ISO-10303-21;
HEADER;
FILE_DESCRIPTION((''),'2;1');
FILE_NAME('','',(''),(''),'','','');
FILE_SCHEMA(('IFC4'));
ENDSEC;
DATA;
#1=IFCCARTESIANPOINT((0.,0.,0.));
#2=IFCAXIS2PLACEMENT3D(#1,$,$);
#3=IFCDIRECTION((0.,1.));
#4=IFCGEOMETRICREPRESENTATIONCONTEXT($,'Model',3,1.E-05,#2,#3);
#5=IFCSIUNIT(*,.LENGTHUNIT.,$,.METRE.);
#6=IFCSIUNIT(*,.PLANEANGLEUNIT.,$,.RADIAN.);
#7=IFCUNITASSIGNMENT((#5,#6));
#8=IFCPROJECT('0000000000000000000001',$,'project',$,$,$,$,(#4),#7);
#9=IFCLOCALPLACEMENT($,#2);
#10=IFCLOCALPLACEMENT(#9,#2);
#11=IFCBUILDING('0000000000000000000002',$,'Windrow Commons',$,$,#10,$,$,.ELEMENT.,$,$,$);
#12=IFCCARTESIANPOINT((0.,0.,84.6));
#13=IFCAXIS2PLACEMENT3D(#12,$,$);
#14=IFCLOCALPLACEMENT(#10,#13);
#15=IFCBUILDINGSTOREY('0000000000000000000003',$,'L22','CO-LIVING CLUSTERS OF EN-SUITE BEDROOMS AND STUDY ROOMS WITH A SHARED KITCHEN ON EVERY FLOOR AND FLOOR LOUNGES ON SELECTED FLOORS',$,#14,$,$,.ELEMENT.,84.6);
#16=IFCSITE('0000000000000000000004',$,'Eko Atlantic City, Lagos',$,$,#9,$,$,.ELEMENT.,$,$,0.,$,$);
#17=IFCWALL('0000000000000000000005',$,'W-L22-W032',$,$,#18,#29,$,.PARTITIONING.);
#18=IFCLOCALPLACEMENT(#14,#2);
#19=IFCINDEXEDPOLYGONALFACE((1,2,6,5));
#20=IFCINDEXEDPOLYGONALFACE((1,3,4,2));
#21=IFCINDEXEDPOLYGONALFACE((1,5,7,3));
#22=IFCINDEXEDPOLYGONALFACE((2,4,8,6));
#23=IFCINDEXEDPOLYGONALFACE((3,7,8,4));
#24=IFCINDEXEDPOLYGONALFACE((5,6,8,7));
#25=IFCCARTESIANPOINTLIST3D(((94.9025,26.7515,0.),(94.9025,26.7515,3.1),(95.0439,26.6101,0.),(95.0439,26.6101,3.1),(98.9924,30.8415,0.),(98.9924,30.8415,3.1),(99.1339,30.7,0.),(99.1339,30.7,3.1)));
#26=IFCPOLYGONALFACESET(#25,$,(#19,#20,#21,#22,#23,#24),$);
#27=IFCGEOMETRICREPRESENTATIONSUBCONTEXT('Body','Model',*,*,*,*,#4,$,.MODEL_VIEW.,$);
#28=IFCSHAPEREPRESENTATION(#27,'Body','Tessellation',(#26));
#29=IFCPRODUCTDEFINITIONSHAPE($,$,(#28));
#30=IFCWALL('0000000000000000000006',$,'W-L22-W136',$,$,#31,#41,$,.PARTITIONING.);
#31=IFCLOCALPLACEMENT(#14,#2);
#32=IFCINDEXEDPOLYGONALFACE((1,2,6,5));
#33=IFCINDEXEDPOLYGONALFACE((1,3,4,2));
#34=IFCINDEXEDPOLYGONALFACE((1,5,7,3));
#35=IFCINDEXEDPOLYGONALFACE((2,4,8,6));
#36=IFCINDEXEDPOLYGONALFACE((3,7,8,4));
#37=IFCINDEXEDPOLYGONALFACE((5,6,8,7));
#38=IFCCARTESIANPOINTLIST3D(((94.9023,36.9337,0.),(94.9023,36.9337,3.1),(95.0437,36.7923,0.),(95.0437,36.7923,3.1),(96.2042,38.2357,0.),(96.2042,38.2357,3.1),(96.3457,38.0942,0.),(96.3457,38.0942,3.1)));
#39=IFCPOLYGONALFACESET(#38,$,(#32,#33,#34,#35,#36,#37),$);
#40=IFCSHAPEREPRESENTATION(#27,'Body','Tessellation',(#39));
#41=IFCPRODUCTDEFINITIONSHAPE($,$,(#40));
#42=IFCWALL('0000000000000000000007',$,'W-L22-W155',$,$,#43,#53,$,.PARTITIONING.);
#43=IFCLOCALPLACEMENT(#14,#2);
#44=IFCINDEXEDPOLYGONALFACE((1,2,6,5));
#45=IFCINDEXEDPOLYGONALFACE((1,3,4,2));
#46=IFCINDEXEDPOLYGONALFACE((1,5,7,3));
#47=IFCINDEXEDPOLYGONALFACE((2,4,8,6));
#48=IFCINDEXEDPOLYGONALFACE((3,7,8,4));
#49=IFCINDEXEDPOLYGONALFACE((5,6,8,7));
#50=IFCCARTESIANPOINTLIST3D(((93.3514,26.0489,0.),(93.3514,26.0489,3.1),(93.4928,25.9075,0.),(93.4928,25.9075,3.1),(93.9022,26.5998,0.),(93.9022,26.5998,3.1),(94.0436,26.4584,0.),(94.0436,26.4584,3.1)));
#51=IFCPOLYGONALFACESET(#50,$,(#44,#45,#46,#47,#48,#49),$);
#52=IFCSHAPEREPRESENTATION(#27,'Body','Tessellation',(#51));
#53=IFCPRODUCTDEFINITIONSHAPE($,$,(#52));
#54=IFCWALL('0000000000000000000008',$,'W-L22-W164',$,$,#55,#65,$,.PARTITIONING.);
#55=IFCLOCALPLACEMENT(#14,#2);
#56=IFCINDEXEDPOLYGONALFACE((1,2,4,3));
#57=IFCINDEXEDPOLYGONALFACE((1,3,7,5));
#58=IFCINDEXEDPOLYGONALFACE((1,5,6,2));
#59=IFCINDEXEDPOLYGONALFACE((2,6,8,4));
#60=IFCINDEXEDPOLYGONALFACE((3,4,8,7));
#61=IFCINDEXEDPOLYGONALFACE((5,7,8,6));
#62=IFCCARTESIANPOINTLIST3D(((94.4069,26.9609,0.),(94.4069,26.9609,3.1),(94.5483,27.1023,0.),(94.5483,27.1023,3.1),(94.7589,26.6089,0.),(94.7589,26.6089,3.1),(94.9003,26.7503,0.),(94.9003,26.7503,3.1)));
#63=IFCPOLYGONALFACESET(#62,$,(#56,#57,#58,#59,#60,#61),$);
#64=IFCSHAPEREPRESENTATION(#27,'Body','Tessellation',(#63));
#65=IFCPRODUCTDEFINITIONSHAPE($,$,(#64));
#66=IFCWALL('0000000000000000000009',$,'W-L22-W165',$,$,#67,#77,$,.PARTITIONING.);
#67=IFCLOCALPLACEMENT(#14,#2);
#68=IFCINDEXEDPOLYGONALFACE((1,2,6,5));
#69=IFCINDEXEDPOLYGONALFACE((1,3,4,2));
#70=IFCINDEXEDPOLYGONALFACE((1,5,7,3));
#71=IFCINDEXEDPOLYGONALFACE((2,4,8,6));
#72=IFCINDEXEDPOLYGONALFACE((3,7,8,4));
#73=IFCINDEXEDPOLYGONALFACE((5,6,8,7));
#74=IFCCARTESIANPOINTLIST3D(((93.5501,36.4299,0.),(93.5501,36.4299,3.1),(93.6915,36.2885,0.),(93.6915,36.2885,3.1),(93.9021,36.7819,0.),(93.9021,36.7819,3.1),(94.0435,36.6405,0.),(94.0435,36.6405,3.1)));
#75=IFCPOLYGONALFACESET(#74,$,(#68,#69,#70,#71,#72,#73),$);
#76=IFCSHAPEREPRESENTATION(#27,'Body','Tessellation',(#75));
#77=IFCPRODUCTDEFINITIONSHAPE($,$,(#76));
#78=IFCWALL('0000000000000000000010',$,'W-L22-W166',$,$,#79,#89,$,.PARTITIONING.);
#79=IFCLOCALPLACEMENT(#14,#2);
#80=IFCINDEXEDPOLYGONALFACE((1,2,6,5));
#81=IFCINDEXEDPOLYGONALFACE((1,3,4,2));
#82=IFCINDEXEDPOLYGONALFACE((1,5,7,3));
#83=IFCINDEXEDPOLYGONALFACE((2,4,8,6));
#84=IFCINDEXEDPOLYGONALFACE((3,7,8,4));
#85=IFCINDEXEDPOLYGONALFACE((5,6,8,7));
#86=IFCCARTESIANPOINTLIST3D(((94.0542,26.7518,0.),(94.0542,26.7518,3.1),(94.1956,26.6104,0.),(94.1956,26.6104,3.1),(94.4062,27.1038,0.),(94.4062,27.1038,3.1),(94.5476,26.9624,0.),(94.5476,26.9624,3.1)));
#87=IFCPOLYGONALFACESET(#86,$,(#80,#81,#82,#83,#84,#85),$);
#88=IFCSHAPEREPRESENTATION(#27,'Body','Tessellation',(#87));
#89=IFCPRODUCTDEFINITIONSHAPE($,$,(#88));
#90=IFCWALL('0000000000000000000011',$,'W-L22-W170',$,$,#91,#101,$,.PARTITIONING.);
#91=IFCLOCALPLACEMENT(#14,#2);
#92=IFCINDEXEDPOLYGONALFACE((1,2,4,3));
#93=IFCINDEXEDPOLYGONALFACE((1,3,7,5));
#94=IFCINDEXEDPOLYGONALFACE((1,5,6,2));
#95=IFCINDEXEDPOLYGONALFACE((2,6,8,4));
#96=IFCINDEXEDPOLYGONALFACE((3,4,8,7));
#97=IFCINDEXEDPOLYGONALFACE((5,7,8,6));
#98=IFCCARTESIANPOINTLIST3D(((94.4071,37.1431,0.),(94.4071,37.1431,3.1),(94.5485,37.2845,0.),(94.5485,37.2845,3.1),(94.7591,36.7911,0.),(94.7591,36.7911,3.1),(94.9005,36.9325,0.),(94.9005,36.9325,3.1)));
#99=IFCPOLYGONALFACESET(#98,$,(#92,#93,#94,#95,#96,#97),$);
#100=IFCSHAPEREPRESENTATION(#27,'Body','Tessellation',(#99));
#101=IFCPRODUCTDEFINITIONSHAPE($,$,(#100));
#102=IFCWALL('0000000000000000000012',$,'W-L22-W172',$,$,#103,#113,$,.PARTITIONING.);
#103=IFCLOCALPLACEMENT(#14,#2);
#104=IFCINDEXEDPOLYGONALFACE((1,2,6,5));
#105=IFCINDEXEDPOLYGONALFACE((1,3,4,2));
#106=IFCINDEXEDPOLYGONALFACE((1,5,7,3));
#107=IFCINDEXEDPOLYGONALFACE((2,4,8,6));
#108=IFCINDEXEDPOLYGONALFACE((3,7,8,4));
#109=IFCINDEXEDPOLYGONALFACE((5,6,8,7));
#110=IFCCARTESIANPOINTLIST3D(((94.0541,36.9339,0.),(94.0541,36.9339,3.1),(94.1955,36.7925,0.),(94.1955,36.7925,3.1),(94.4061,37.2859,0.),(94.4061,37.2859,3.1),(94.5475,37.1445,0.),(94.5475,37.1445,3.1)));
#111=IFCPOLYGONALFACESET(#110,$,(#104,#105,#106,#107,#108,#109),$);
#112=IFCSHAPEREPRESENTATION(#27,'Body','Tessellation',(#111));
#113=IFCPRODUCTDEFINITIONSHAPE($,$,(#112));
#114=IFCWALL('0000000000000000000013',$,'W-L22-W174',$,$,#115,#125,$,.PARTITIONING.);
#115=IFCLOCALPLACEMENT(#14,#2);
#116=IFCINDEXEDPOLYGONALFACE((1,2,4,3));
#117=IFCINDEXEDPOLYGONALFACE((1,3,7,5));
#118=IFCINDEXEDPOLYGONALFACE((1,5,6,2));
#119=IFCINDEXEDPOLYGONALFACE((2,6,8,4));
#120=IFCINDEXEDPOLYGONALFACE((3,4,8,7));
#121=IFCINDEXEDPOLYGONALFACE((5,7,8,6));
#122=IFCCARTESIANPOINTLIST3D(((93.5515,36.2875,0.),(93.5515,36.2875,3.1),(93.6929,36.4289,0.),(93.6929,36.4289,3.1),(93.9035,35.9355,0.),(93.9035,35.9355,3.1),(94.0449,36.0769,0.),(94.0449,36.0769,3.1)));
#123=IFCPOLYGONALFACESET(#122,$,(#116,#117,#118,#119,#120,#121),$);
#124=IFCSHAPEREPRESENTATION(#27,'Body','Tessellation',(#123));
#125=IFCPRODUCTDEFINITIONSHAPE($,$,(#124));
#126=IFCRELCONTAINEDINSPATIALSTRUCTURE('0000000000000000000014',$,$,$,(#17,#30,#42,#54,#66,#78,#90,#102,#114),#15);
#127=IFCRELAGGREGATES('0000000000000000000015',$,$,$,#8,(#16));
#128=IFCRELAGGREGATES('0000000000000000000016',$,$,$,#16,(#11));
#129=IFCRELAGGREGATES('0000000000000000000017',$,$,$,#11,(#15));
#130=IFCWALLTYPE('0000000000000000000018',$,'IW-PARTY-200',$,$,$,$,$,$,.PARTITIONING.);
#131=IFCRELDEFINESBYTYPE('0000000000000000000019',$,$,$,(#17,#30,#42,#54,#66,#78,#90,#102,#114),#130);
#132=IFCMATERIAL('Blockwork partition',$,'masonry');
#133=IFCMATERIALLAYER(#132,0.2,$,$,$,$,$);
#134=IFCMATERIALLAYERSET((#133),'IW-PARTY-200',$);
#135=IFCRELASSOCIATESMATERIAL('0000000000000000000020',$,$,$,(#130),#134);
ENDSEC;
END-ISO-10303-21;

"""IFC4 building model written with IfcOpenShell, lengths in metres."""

from ifc_helpers import new_model, si_unit, direction, frame, frame_2d, origin, place, context, subcontext, project, spatial, rectangle, extrude, material, layer, layer_set, type_object, element, save


model = new_model("IFC4")

# Units and contexts
model_context = context("Model", 3, precision=1e-05, world=origin(), true_north=direction((0.0, 1.0)))
body_context = subcontext(model_context, "Body", "Model", "MODEL_VIEW")
ifc_project = project(units=[si_unit("LENGTHUNIT", "METRE"), si_unit("PLANEANGLEUNIT", "RADIAN")], contexts=[model_context])

# Site, building, storey
site_placement = place(None, origin())
site = spatial("IfcSite", under=ifc_project, at=site_placement, Name="Eko Atlantic City, Lagos", CompositionType="ELEMENT", RefElevation=0.0)
building_placement = place(site_placement, origin())
building = spatial("IfcBuilding", under=site, at=building_placement, Name="Windrow Commons", CompositionType="ELEMENT")
storey_placement = place(building_placement, frame((0.0, 0.0, 84.6)))
storey = spatial("IfcBuildingStorey", under=building, at=storey_placement, Name="L22", Description="CO-LIVING CLUSTERS OF EN-SUITE BEDROOMS AND STUDY ROOMS WITH A SHARED KITCHEN ON EVERY FLOOR AND FLOOR LOUNGES ON SELECTED FLOORS", CompositionType="ELEMENT", Elevation=84.6)

# Walls
ifc_material_1 = material(Name="Blockwork partition", Category="masonry")
ifc_layer_1 = layer(ifc_material_1, 0.2)
ifc_layer_set_1 = layer_set([ifc_layer_1], Name="IW-PARTY-200")
wall_type_1 = type_object("IfcWallType", Name="IW-PARTY-200", PredefinedType="PARTITIONING", material=ifc_layer_set_1)
wall_1_placement = place(storey_placement, frame((94.9732, 26.6808, 0.0), z_axis=(0.0, 0.0, 1.0), x_axis=(0.707107, 0.707107, 0.0)))
element("IfcWall", 1, at=wall_1_placement, inside=storey, type_object=wall_type_1, Name="W-L22-W032", PredefinedType="PARTITIONING", context=body_context, shape_type="SweptSolid", body=[
    extrude(rectangle(XDim=5.7841, YDim=0.2, at=frame_2d((2.892, 0.0))), origin(), (0.0, 0.0, 1.0), 3.1),
])
wall_2_placement = place(storey_placement, frame((94.973, 36.863, 0.0), z_axis=(0.0, 0.0, 1.0), x_axis=(0.707107, 0.707107, 0.0)))
element("IfcWall", 2, at=wall_2_placement, inside=storey, type_object=wall_type_1, Name="W-L22-W136", PredefinedType="PARTITIONING", context=body_context, shape_type="SweptSolid", body=[
    extrude(rectangle(XDim=1.8413, YDim=0.2, at=frame_2d((0.9206, 0.0))), origin(), (0.0, 0.0, 1.0), 3.1),
])
wall_3_placement = place(storey_placement, frame((93.4221, 25.9782, 0.0), z_axis=(0.0, 0.0, 1.0), x_axis=(0.707043, 0.707171, 0.0)))
element("IfcWall", 3, at=wall_3_placement, inside=storey, type_object=wall_type_1, Name="W-L22-W155", PredefinedType="PARTITIONING", context=body_context, shape_type="SweptSolid", body=[
    extrude(rectangle(XDim=0.779, YDim=0.2, at=frame_2d((0.3895, 0.0))), origin(), (0.0, 0.0, 1.0), 3.1),
])
for number, where, z_axis, x_axis, name in (
    (4, (94.4776, 27.0316, 0.0), (0.0, 0.0, 1.0), (0.707107, -0.707107, 0.0), "W-L22-W164"),
    (5, (93.6208, 36.3592, 0.0), (0.0, 0.0, 1.0), (0.707107, 0.707107, 0.0), "W-L22-W165"),
    (6, (94.1249, 26.6811, 0.0), (0.0, 0.0, 1.0), (0.707107, 0.707107, 0.0), "W-L22-W166"),
    (7, (94.4778, 37.2138, 0.0), (0.0, 0.0, 1.0), (0.707107, -0.707107, 0.0), "W-L22-W170"),
    (8, (94.1248, 36.8632, 0.0), (0.0, 0.0, 1.0), (0.707107, 0.707107, 0.0), "W-L22-W172"),
    (9, (93.6222, 36.3582, 0.0), (0.0, 0.0, 1.0), (0.707107, -0.707107, 0.0), "W-L22-W174"),
):
    element("IfcWall", number, at=place(storey_placement, frame(where, z_axis=z_axis, x_axis=x_axis)), inside=storey, type_object=wall_type_1, Name=name, PredefinedType="PARTITIONING", context=body_context, shape_type="SweptSolid", body=[
        extrude(rectangle(XDim=0.4978, YDim=0.2, at=frame_2d((0.2489, 0.0))), origin(), (0.0, 0.0, 1.0), 3.1),
    ])

save(model, "model.ifc")
